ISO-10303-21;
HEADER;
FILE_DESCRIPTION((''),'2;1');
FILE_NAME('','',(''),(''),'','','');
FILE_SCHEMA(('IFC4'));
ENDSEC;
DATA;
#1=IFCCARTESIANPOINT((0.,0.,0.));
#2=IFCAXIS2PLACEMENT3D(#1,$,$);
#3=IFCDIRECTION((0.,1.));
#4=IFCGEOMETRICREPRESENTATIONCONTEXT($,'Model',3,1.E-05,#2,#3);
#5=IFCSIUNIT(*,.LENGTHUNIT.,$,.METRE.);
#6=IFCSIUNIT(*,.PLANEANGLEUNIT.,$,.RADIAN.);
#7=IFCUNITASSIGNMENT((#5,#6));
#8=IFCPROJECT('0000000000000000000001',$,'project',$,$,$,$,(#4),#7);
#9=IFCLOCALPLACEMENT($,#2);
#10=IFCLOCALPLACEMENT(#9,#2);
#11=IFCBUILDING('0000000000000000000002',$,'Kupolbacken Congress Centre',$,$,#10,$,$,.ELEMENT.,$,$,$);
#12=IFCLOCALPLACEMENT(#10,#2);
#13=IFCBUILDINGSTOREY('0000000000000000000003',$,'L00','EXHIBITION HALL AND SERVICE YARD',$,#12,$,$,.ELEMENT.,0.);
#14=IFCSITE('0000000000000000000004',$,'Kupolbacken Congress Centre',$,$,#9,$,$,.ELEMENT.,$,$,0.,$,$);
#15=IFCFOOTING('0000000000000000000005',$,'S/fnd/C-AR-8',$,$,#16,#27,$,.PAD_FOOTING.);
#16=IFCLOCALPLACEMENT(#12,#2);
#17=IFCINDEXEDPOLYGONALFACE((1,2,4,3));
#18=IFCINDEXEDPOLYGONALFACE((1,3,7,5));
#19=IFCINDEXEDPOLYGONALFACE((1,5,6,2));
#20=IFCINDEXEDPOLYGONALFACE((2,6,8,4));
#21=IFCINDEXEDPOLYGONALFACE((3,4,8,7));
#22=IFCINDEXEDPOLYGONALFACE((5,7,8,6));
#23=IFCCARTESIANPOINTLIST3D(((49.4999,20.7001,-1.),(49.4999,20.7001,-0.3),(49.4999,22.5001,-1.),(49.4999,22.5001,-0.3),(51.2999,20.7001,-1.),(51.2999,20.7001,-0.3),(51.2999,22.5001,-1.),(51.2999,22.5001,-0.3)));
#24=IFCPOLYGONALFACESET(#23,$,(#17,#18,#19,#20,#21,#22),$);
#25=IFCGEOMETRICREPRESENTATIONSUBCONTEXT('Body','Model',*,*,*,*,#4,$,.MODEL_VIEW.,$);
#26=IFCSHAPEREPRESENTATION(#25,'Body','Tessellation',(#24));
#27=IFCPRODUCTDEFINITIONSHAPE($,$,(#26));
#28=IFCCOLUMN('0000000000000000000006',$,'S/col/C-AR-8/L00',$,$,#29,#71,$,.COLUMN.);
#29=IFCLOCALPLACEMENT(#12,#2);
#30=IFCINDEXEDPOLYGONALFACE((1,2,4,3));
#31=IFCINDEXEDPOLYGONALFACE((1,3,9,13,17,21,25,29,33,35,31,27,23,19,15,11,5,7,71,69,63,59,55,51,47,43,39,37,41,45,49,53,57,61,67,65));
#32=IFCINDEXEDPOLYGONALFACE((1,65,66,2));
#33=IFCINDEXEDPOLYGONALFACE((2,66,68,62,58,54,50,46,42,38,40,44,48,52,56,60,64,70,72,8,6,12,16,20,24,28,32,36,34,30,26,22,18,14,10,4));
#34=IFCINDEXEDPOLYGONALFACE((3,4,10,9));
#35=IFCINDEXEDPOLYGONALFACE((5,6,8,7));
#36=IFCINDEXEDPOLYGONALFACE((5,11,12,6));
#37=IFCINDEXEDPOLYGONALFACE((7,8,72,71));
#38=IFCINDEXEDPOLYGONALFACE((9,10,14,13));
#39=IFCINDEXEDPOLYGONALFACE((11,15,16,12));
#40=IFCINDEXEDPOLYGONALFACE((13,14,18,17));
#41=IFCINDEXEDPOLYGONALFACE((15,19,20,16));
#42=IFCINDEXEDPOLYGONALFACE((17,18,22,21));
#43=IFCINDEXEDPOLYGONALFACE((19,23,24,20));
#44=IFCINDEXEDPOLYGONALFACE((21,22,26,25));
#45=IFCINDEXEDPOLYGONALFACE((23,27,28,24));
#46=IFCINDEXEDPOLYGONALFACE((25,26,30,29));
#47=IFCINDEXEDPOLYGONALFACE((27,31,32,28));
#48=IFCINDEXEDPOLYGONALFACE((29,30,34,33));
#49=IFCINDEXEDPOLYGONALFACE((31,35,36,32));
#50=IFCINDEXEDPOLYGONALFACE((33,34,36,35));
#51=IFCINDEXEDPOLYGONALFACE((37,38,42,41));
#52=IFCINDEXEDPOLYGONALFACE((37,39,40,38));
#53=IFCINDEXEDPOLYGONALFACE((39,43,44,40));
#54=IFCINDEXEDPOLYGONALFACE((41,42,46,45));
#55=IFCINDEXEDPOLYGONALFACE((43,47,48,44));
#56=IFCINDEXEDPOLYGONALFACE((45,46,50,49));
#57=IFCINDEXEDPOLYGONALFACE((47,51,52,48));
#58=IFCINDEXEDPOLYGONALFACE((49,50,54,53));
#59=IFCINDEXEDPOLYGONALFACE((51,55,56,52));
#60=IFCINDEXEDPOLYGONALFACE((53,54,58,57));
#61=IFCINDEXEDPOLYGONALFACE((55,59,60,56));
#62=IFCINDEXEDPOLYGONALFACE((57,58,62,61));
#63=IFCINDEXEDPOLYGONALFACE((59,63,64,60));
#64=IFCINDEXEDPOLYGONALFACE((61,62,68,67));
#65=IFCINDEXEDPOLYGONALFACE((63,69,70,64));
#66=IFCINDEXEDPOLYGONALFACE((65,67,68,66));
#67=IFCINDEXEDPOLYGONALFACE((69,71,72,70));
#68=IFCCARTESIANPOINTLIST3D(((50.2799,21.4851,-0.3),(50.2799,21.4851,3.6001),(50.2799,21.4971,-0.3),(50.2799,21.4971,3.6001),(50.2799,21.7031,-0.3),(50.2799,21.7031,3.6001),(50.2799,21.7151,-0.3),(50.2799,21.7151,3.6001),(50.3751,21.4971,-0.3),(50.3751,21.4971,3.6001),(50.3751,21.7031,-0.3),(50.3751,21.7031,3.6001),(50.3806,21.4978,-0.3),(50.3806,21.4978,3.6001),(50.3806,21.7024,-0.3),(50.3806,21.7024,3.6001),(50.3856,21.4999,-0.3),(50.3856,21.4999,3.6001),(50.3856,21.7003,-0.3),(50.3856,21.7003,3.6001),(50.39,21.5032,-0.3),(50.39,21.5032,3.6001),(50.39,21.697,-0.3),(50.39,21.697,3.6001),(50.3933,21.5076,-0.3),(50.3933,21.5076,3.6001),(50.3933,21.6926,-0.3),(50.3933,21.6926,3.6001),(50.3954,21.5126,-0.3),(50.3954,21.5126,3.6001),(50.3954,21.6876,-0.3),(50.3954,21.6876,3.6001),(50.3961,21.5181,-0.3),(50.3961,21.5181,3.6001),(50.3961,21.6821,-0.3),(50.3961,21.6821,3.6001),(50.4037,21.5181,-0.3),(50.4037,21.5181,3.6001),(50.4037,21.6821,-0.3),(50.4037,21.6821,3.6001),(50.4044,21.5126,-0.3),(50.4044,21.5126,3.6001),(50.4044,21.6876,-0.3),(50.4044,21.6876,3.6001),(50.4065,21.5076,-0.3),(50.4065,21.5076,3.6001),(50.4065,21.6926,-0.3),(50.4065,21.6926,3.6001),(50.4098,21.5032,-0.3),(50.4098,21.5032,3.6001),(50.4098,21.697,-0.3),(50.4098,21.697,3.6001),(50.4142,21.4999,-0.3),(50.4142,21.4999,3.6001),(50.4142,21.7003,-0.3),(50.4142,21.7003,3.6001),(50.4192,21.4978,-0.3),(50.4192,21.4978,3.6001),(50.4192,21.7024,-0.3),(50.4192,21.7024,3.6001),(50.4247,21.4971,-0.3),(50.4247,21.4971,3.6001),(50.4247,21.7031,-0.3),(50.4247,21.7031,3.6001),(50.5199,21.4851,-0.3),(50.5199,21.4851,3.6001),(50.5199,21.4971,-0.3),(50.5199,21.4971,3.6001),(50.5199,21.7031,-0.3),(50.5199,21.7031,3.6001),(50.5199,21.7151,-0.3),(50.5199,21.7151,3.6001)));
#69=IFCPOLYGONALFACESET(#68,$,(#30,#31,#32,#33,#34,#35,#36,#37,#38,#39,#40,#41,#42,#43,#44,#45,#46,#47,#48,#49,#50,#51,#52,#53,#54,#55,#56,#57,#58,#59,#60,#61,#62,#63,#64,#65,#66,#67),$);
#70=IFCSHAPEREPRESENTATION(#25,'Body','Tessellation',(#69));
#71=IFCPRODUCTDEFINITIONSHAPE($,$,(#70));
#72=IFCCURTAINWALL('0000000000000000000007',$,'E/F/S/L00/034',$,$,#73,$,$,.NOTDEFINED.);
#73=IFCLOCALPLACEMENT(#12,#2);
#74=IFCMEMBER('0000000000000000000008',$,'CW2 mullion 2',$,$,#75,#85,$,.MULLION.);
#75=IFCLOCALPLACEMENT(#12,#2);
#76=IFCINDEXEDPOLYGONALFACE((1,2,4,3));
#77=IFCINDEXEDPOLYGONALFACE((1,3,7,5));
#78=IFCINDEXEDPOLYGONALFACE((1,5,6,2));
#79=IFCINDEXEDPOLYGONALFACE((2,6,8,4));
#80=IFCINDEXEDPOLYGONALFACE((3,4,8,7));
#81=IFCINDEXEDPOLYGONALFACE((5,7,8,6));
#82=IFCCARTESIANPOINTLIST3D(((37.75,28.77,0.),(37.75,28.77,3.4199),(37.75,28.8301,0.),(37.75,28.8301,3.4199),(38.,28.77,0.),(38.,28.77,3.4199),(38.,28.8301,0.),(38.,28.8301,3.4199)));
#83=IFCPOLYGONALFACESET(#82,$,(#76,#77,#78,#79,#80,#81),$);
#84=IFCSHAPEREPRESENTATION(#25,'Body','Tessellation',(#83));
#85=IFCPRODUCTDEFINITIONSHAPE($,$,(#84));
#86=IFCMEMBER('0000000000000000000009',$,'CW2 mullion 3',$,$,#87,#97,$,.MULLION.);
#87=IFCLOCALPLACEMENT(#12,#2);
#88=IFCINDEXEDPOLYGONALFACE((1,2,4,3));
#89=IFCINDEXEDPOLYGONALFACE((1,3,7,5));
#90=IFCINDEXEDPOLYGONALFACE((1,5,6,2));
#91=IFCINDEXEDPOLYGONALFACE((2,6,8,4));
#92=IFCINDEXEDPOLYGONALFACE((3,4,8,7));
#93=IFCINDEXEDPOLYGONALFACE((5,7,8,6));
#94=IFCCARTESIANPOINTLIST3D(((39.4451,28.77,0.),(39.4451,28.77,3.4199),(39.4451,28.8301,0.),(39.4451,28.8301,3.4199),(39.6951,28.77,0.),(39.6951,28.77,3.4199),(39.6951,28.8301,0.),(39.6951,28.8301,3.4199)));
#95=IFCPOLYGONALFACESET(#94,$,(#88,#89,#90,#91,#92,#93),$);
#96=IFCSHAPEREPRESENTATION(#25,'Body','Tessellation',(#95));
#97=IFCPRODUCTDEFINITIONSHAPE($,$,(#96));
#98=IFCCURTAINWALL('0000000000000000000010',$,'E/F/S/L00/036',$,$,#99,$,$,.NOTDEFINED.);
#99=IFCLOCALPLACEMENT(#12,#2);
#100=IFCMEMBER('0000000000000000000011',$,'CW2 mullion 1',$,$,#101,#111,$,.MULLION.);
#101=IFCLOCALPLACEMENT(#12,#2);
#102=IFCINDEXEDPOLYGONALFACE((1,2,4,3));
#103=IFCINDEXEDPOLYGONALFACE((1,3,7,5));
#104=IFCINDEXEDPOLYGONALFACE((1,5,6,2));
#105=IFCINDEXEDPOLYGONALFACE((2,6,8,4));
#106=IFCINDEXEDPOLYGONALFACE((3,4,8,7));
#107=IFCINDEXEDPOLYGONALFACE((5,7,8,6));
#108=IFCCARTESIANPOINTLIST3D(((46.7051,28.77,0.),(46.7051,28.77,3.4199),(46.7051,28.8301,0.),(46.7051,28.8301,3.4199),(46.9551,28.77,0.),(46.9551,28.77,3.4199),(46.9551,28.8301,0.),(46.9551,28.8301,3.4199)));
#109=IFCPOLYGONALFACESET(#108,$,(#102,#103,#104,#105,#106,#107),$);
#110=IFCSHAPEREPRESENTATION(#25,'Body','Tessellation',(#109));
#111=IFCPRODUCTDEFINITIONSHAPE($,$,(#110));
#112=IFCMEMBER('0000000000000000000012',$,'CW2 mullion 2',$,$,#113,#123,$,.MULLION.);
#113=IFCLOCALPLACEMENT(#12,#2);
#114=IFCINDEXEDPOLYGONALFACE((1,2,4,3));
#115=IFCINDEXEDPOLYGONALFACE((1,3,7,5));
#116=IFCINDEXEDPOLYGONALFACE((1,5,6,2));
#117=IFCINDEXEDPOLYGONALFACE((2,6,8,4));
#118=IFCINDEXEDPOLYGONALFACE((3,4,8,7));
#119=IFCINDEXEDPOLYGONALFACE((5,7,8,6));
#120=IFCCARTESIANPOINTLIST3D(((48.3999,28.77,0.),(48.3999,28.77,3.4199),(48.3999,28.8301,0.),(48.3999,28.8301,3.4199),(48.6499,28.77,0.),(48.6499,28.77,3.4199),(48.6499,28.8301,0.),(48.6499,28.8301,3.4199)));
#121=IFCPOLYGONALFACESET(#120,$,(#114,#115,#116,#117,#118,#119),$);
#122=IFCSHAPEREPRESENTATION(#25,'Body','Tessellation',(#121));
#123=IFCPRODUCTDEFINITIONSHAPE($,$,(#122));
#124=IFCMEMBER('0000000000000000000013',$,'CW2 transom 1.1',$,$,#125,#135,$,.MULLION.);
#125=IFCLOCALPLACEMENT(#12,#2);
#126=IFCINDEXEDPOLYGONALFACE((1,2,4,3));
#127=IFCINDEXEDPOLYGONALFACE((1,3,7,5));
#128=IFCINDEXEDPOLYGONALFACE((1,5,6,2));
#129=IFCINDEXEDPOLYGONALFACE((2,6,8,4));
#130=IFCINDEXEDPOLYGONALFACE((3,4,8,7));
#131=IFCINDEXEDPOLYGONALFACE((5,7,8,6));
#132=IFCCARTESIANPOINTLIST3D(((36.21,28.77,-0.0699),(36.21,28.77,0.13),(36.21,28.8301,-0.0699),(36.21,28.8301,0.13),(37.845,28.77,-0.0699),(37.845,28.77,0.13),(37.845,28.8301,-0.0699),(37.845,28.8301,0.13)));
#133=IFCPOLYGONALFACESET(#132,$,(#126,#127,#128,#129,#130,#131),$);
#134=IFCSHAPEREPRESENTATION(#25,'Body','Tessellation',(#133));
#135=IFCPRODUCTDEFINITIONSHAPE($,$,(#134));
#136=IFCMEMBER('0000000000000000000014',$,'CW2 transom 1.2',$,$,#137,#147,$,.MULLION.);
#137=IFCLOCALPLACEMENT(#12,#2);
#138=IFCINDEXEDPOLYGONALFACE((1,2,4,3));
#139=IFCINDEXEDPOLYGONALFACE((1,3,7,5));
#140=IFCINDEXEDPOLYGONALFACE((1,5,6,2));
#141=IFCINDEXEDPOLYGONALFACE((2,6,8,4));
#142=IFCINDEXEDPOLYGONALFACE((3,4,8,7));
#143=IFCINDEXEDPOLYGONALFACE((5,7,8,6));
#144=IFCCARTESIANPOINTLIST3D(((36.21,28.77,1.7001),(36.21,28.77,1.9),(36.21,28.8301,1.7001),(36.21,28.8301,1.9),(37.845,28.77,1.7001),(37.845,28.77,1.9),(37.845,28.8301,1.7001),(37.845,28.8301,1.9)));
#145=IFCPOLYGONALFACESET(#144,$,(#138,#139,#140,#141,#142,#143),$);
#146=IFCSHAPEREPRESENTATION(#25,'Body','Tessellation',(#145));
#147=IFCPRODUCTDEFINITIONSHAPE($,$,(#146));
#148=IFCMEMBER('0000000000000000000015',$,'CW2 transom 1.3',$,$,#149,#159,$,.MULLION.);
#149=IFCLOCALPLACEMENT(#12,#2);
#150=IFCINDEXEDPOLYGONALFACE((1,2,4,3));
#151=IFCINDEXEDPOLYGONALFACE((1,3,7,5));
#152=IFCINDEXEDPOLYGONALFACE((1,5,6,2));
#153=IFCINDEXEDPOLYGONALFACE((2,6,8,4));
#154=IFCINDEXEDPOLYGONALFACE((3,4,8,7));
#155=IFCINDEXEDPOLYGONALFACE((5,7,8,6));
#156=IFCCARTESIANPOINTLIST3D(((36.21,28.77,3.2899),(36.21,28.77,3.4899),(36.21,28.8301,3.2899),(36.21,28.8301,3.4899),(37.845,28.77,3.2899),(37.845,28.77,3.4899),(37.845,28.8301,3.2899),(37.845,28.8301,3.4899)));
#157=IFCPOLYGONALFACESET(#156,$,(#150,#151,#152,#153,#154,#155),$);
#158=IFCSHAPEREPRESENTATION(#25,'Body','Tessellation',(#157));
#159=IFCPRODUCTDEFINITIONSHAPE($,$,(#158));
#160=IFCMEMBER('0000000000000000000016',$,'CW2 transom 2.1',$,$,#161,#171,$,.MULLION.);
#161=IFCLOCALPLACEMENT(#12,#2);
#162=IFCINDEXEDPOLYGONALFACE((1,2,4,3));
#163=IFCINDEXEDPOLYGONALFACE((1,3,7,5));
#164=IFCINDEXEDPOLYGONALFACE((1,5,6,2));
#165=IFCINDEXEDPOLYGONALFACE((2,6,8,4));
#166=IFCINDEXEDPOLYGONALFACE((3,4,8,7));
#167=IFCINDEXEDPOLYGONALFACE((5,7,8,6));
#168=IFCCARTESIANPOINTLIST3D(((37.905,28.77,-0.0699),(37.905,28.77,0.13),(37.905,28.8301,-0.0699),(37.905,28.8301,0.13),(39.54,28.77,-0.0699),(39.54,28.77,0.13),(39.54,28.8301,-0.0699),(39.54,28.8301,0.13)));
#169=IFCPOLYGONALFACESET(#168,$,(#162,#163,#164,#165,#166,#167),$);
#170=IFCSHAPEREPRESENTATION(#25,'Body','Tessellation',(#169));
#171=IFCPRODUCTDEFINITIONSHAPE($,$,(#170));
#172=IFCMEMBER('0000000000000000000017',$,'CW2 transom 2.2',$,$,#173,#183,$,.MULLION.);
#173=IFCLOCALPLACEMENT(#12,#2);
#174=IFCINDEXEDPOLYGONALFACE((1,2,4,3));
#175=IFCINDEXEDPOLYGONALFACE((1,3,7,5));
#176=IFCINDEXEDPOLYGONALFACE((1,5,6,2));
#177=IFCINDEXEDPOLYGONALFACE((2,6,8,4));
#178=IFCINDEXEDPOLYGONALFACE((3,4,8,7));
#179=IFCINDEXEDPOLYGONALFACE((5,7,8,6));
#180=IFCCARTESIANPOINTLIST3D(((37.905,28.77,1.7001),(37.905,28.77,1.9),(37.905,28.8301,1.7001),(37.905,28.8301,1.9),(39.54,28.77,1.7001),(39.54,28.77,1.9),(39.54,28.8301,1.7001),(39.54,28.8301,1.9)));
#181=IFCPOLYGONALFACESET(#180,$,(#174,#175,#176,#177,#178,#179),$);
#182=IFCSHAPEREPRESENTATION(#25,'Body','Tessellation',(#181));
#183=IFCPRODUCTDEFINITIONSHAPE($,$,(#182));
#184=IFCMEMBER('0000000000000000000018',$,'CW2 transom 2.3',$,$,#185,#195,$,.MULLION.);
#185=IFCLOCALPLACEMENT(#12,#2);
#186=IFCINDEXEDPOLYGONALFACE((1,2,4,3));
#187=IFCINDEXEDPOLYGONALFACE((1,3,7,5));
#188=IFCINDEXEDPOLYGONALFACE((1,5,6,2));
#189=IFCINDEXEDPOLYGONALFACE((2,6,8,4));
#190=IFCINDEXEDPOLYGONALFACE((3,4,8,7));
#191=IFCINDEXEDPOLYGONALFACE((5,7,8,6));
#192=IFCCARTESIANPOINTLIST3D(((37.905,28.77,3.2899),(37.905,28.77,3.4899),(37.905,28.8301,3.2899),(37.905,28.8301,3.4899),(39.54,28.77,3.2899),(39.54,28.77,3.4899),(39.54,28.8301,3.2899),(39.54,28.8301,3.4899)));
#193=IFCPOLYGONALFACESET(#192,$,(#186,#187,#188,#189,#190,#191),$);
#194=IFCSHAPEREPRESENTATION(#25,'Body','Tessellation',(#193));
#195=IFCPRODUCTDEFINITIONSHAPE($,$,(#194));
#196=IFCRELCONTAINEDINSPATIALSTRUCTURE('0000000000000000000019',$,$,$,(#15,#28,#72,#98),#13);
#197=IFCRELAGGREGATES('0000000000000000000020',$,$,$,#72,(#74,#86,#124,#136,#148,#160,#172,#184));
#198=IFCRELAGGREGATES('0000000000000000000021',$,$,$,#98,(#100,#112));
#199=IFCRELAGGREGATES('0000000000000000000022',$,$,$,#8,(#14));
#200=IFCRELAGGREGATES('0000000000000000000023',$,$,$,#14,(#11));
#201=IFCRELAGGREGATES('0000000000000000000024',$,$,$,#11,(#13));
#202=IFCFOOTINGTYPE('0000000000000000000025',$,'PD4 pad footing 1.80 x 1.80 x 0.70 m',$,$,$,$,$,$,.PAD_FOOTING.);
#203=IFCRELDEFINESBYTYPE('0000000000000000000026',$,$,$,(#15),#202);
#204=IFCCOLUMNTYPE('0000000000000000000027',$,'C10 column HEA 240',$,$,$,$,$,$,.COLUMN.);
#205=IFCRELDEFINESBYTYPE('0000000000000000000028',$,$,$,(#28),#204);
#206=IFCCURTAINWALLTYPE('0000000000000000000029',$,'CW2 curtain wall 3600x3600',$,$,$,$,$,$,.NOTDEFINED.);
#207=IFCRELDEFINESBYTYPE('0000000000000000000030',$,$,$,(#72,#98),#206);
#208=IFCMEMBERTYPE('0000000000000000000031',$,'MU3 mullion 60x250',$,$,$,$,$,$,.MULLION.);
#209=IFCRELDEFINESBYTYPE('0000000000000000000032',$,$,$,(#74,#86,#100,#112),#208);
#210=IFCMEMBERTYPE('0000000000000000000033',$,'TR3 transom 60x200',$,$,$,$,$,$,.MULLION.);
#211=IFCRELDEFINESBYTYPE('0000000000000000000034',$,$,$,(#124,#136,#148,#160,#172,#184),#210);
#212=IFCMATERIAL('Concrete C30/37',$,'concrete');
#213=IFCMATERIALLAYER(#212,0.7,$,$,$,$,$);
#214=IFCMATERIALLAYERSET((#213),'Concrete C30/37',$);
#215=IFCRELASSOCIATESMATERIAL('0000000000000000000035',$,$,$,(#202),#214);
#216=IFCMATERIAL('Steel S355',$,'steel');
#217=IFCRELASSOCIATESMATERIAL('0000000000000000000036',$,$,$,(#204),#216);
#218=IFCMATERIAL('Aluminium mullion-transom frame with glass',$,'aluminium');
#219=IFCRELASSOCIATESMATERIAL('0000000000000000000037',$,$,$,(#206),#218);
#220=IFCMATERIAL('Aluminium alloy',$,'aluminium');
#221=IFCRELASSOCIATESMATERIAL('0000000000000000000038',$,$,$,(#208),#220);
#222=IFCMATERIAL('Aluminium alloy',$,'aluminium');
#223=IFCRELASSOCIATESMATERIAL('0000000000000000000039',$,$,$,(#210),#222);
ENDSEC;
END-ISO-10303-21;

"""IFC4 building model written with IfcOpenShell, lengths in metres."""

from ifc_helpers import new_model, si_unit, direction, frame, origin, origin_2d, place, context, subcontext, project, spatial, rectangle, i_section, extrude, material, layer, layer_set, material_profile, profile_set, type_object, element, aggregate, save


model = new_model("IFC4")

# Units and contexts
model_context = context("Model", 3, precision=1e-05, world=origin(), true_north=direction((0.0, 1.0)))
body_context = subcontext(model_context, "Body", "Model", "MODEL_VIEW")
ifc_project = project(units=[si_unit("LENGTHUNIT", "METRE"), si_unit("PLANEANGLEUNIT", "RADIAN")], contexts=[model_context])

# Site, building, storey
site_placement = place(None, origin())
site = spatial("IfcSite", under=ifc_project, at=site_placement, Name="Kupolbacken Congress Centre", CompositionType="ELEMENT", RefElevation=0.0)
building_placement = place(site_placement, origin())
building = spatial("IfcBuilding", under=site, at=building_placement, Name="Kupolbacken Congress Centre", CompositionType="ELEMENT")
storey_placement = place(building_placement, origin())
storey = spatial("IfcBuildingStorey", under=building, at=storey_placement, Name="L00", Description="EXHIBITION HALL AND SERVICE YARD", CompositionType="ELEMENT", Elevation=0.0)

# Footing
ifc_material_1 = material(Name="Concrete C30/37", Category="concrete")
ifc_layer_1 = layer(ifc_material_1, 0.7)
ifc_layer_set_1 = layer_set([ifc_layer_1], Name="Concrete C30/37")
footing_type = type_object("IfcFootingType", Name="PD4 pad footing 1.80 x 1.80 x 0.70 m", PredefinedType="PAD_FOOTING", material=ifc_layer_set_1)
footing_placement = place(storey_placement, frame((50.3999, 21.6001, -1.0), z_axis=(0.0, 0.0, 1.0), x_axis=(1.0, 0.0, 0.0)))
element("IfcFooting", 1, at=footing_placement, inside=storey, type_object=footing_type, Name="S/fnd/C-AR-8", PredefinedType="PAD_FOOTING", context=body_context, shape_type="SweptSolid", body=[
    extrude(rectangle(XDim=1.8, YDim=1.8, at=origin_2d()), origin(), (0.0, 0.0, 1.0), 0.7),
])

# Column
ifc_material_2 = material(Name="Steel S355", Category="steel")
ifc_material_profile_1 = material_profile(ifc_material_2, i_section(OverallWidth=0.24, OverallDepth=0.23, WebThickness=0.0076, FlangeThickness=0.012, FilletRadius=0.021, at=origin_2d()), Name="HEA 240")
ifc_profile_set_1 = profile_set([ifc_material_profile_1], Name="Steel S355")
column_type = type_object("IfcColumnType", Name="C10 column HEA 240", PredefinedType="COLUMN", material=ifc_profile_set_1)
column_placement = place(storey_placement, frame((50.3999, 21.6001, -0.3), z_axis=(0.0, 0.0, 1.0), x_axis=(1.0, 0.0, 0.0)))
element("IfcColumn", 2, at=column_placement, inside=storey, type_object=column_type, Name="S/col/C-AR-8/L00", PredefinedType="COLUMN", context=body_context, shape_type="SweptSolid", body=[
    extrude(i_section(OverallWidth=0.24, OverallDepth=0.23, WebThickness=0.0076, FlangeThickness=0.012, FilletRadius=0.021, at=origin_2d()), origin(), (0.0, 0.0, 1.0), 3.9001),
])

# Curtain walls, members
ifc_material_3 = material(Name="Aluminium mullion-transom frame with glass", Category="aluminium")
curtain_wall_type = type_object("IfcCurtainWallType", Name="CW2 curtain wall 3600x3600", PredefinedType="NOTDEFINED", material=ifc_material_3)
curtain_wall_1_placement = place(storey_placement, origin())
curtain_wall_1 = element("IfcCurtainWall", 3, at=curtain_wall_1_placement, inside=storey, type_object=curtain_wall_type, Name="E/F/S/L00/034", PredefinedType="NOTDEFINED")
ifc_material_4 = material(Name="Aluminium alloy", Category="aluminium")
ifc_material_profile_2 = material_profile(ifc_material_4, rectangle(XDim=0.0601, YDim=0.25, at=origin_2d()), Name="60 x 250")
ifc_profile_set_2 = profile_set([ifc_material_profile_2], Name="Aluminium alloy")
member_type_1 = type_object("IfcMemberType", Name="MU3 mullion 60x250", PredefinedType="MULLION", material=ifc_profile_set_2)
member_1_placement = place(storey_placement, frame((37.875, 28.8, 0.0), z_axis=(0.0, 0.0, 1.0), x_axis=(0.0, 1.0, 0.0)))
member_1 = element("IfcMember", 4, at=member_1_placement, type_object=member_type_1, Name="CW2 mullion 2", PredefinedType="MULLION", context=body_context, shape_type="SweptSolid", body=[
    extrude(rectangle(XDim=0.0601, YDim=0.25, at=origin_2d()), origin(), (0.0, 0.0, 1.0), 3.4199),
])
member_2_placement = place(storey_placement, frame((39.5701, 28.8, 0.0), z_axis=(0.0, 0.0, 1.0), x_axis=(0.0, 1.0, 0.0)))
member_2 = element("IfcMember", 5, at=member_2_placement, type_object=member_type_1, Name="CW2 mullion 3", PredefinedType="MULLION", context=body_context, shape_type="SweptSolid", body=[
    extrude(rectangle(XDim=0.0601, YDim=0.25, at=origin_2d()), origin(), (0.0, 0.0, 1.0), 3.4199),
])
curtain_wall_2_placement = place(storey_placement, origin())
curtain_wall_2 = element("IfcCurtainWall", 6, at=curtain_wall_2_placement, inside=storey, type_object=curtain_wall_type, Name="E/F/S/L00/036", PredefinedType="NOTDEFINED")
member_3_placement = place(storey_placement, frame((46.8301, 28.8, 0.0), z_axis=(0.0, 0.0, 1.0), x_axis=(0.0, 1.0, 0.0)))
member_3 = element("IfcMember", 7, at=member_3_placement, type_object=member_type_1, Name="CW2 mullion 1", PredefinedType="MULLION", context=body_context, shape_type="SweptSolid", body=[
    extrude(rectangle(XDim=0.0601, YDim=0.25, at=origin_2d()), origin(), (0.0, 0.0, 1.0), 3.4199),
])
member_4_placement = place(storey_placement, frame((48.5249, 28.8, 0.0), z_axis=(0.0, 0.0, 1.0), x_axis=(0.0, 1.0, 0.0)))
member_4 = element("IfcMember", 8, at=member_4_placement, type_object=member_type_1, Name="CW2 mullion 2", PredefinedType="MULLION", context=body_context, shape_type="SweptSolid", body=[
    extrude(rectangle(XDim=0.0601, YDim=0.25, at=origin_2d()), origin(), (0.0, 0.0, 1.0), 3.4199),
])

# Members
ifc_material_5 = material(Name="Aluminium alloy", Category="aluminium")
ifc_material_profile_3 = material_profile(ifc_material_5, rectangle(XDim=0.0601, YDim=0.2, at=origin_2d()), Name="60 x 200")
ifc_profile_set_3 = profile_set([ifc_material_profile_3], Name="Aluminium alloy")
member_type_2 = type_object("IfcMemberType", Name="TR3 transom 60x200", PredefinedType="MULLION", material=ifc_profile_set_3)
member_5_placement = place(storey_placement, frame((36.21, 28.8, 0.03), z_axis=(1.0, 0.0, 0.0), x_axis=(0.0, 1.0, 0.0)))
member_5 = element("IfcMember", 9, at=member_5_placement, type_object=member_type_2, Name="CW2 transom 1.1", PredefinedType="MULLION", context=body_context, shape_type="SweptSolid", body=[
    extrude(rectangle(XDim=0.0601, YDim=0.2, at=origin_2d()), origin(), (0.0, 0.0, 1.0), 1.635),
])
member_6_placement = place(storey_placement, frame((36.21, 28.8, 1.8), z_axis=(1.0, 0.0, 0.0), x_axis=(0.0, 1.0, 0.0)))
member_6 = element("IfcMember", 10, at=member_6_placement, type_object=member_type_2, Name="CW2 transom 1.2", PredefinedType="MULLION", context=body_context, shape_type="SweptSolid", body=[
    extrude(rectangle(XDim=0.0601, YDim=0.2, at=origin_2d()), origin(), (0.0, 0.0, 1.0), 1.635),
])
member_7_placement = place(storey_placement, frame((36.21, 28.8, 3.3899), z_axis=(1.0, 0.0, 0.0), x_axis=(0.0, 1.0, 0.0)))
member_7 = element("IfcMember", 11, at=member_7_placement, type_object=member_type_2, Name="CW2 transom 1.3", PredefinedType="MULLION", context=body_context, shape_type="SweptSolid", body=[
    extrude(rectangle(XDim=0.0601, YDim=0.2, at=origin_2d()), origin(), (0.0, 0.0, 1.0), 1.635),
])
member_8_placement = place(storey_placement, frame((37.905, 28.8, 0.03), z_axis=(1.0, 0.0, 0.0), x_axis=(0.0, 1.0, 0.0)))
member_8 = element("IfcMember", 12, at=member_8_placement, type_object=member_type_2, Name="CW2 transom 2.1", PredefinedType="MULLION", context=body_context, shape_type="SweptSolid", body=[
    extrude(rectangle(XDim=0.0601, YDim=0.2, at=origin_2d()), origin(), (0.0, 0.0, 1.0), 1.635),
])
member_9_placement = place(storey_placement, frame((37.905, 28.8, 1.8), z_axis=(1.0, 0.0, 0.0), x_axis=(0.0, 1.0, 0.0)))
member_9 = element("IfcMember", 13, at=member_9_placement, type_object=member_type_2, Name="CW2 transom 2.2", PredefinedType="MULLION", context=body_context, shape_type="SweptSolid", body=[
    extrude(rectangle(XDim=0.0601, YDim=0.2, at=origin_2d()), origin(), (0.0, 0.0, 1.0), 1.635),
])
member_10_placement = place(storey_placement, frame((37.905, 28.8, 3.3899), z_axis=(1.0, 0.0, 0.0), x_axis=(0.0, 1.0, 0.0)))
member_10 = element("IfcMember", 14, at=member_10_placement, type_object=member_type_2, Name="CW2 transom 2.3", PredefinedType="MULLION", context=body_context, shape_type="SweptSolid", body=[
    extrude(rectangle(XDim=0.0601, YDim=0.2, at=origin_2d()), origin(), (0.0, 0.0, 1.0), 1.635),
])

aggregate(curtain_wall_1, [member_1, member_2, member_5, member_6, member_7, member_8, member_9, member_10])
aggregate(curtain_wall_2, [member_3, member_4])

save(model, "model.ifc")
